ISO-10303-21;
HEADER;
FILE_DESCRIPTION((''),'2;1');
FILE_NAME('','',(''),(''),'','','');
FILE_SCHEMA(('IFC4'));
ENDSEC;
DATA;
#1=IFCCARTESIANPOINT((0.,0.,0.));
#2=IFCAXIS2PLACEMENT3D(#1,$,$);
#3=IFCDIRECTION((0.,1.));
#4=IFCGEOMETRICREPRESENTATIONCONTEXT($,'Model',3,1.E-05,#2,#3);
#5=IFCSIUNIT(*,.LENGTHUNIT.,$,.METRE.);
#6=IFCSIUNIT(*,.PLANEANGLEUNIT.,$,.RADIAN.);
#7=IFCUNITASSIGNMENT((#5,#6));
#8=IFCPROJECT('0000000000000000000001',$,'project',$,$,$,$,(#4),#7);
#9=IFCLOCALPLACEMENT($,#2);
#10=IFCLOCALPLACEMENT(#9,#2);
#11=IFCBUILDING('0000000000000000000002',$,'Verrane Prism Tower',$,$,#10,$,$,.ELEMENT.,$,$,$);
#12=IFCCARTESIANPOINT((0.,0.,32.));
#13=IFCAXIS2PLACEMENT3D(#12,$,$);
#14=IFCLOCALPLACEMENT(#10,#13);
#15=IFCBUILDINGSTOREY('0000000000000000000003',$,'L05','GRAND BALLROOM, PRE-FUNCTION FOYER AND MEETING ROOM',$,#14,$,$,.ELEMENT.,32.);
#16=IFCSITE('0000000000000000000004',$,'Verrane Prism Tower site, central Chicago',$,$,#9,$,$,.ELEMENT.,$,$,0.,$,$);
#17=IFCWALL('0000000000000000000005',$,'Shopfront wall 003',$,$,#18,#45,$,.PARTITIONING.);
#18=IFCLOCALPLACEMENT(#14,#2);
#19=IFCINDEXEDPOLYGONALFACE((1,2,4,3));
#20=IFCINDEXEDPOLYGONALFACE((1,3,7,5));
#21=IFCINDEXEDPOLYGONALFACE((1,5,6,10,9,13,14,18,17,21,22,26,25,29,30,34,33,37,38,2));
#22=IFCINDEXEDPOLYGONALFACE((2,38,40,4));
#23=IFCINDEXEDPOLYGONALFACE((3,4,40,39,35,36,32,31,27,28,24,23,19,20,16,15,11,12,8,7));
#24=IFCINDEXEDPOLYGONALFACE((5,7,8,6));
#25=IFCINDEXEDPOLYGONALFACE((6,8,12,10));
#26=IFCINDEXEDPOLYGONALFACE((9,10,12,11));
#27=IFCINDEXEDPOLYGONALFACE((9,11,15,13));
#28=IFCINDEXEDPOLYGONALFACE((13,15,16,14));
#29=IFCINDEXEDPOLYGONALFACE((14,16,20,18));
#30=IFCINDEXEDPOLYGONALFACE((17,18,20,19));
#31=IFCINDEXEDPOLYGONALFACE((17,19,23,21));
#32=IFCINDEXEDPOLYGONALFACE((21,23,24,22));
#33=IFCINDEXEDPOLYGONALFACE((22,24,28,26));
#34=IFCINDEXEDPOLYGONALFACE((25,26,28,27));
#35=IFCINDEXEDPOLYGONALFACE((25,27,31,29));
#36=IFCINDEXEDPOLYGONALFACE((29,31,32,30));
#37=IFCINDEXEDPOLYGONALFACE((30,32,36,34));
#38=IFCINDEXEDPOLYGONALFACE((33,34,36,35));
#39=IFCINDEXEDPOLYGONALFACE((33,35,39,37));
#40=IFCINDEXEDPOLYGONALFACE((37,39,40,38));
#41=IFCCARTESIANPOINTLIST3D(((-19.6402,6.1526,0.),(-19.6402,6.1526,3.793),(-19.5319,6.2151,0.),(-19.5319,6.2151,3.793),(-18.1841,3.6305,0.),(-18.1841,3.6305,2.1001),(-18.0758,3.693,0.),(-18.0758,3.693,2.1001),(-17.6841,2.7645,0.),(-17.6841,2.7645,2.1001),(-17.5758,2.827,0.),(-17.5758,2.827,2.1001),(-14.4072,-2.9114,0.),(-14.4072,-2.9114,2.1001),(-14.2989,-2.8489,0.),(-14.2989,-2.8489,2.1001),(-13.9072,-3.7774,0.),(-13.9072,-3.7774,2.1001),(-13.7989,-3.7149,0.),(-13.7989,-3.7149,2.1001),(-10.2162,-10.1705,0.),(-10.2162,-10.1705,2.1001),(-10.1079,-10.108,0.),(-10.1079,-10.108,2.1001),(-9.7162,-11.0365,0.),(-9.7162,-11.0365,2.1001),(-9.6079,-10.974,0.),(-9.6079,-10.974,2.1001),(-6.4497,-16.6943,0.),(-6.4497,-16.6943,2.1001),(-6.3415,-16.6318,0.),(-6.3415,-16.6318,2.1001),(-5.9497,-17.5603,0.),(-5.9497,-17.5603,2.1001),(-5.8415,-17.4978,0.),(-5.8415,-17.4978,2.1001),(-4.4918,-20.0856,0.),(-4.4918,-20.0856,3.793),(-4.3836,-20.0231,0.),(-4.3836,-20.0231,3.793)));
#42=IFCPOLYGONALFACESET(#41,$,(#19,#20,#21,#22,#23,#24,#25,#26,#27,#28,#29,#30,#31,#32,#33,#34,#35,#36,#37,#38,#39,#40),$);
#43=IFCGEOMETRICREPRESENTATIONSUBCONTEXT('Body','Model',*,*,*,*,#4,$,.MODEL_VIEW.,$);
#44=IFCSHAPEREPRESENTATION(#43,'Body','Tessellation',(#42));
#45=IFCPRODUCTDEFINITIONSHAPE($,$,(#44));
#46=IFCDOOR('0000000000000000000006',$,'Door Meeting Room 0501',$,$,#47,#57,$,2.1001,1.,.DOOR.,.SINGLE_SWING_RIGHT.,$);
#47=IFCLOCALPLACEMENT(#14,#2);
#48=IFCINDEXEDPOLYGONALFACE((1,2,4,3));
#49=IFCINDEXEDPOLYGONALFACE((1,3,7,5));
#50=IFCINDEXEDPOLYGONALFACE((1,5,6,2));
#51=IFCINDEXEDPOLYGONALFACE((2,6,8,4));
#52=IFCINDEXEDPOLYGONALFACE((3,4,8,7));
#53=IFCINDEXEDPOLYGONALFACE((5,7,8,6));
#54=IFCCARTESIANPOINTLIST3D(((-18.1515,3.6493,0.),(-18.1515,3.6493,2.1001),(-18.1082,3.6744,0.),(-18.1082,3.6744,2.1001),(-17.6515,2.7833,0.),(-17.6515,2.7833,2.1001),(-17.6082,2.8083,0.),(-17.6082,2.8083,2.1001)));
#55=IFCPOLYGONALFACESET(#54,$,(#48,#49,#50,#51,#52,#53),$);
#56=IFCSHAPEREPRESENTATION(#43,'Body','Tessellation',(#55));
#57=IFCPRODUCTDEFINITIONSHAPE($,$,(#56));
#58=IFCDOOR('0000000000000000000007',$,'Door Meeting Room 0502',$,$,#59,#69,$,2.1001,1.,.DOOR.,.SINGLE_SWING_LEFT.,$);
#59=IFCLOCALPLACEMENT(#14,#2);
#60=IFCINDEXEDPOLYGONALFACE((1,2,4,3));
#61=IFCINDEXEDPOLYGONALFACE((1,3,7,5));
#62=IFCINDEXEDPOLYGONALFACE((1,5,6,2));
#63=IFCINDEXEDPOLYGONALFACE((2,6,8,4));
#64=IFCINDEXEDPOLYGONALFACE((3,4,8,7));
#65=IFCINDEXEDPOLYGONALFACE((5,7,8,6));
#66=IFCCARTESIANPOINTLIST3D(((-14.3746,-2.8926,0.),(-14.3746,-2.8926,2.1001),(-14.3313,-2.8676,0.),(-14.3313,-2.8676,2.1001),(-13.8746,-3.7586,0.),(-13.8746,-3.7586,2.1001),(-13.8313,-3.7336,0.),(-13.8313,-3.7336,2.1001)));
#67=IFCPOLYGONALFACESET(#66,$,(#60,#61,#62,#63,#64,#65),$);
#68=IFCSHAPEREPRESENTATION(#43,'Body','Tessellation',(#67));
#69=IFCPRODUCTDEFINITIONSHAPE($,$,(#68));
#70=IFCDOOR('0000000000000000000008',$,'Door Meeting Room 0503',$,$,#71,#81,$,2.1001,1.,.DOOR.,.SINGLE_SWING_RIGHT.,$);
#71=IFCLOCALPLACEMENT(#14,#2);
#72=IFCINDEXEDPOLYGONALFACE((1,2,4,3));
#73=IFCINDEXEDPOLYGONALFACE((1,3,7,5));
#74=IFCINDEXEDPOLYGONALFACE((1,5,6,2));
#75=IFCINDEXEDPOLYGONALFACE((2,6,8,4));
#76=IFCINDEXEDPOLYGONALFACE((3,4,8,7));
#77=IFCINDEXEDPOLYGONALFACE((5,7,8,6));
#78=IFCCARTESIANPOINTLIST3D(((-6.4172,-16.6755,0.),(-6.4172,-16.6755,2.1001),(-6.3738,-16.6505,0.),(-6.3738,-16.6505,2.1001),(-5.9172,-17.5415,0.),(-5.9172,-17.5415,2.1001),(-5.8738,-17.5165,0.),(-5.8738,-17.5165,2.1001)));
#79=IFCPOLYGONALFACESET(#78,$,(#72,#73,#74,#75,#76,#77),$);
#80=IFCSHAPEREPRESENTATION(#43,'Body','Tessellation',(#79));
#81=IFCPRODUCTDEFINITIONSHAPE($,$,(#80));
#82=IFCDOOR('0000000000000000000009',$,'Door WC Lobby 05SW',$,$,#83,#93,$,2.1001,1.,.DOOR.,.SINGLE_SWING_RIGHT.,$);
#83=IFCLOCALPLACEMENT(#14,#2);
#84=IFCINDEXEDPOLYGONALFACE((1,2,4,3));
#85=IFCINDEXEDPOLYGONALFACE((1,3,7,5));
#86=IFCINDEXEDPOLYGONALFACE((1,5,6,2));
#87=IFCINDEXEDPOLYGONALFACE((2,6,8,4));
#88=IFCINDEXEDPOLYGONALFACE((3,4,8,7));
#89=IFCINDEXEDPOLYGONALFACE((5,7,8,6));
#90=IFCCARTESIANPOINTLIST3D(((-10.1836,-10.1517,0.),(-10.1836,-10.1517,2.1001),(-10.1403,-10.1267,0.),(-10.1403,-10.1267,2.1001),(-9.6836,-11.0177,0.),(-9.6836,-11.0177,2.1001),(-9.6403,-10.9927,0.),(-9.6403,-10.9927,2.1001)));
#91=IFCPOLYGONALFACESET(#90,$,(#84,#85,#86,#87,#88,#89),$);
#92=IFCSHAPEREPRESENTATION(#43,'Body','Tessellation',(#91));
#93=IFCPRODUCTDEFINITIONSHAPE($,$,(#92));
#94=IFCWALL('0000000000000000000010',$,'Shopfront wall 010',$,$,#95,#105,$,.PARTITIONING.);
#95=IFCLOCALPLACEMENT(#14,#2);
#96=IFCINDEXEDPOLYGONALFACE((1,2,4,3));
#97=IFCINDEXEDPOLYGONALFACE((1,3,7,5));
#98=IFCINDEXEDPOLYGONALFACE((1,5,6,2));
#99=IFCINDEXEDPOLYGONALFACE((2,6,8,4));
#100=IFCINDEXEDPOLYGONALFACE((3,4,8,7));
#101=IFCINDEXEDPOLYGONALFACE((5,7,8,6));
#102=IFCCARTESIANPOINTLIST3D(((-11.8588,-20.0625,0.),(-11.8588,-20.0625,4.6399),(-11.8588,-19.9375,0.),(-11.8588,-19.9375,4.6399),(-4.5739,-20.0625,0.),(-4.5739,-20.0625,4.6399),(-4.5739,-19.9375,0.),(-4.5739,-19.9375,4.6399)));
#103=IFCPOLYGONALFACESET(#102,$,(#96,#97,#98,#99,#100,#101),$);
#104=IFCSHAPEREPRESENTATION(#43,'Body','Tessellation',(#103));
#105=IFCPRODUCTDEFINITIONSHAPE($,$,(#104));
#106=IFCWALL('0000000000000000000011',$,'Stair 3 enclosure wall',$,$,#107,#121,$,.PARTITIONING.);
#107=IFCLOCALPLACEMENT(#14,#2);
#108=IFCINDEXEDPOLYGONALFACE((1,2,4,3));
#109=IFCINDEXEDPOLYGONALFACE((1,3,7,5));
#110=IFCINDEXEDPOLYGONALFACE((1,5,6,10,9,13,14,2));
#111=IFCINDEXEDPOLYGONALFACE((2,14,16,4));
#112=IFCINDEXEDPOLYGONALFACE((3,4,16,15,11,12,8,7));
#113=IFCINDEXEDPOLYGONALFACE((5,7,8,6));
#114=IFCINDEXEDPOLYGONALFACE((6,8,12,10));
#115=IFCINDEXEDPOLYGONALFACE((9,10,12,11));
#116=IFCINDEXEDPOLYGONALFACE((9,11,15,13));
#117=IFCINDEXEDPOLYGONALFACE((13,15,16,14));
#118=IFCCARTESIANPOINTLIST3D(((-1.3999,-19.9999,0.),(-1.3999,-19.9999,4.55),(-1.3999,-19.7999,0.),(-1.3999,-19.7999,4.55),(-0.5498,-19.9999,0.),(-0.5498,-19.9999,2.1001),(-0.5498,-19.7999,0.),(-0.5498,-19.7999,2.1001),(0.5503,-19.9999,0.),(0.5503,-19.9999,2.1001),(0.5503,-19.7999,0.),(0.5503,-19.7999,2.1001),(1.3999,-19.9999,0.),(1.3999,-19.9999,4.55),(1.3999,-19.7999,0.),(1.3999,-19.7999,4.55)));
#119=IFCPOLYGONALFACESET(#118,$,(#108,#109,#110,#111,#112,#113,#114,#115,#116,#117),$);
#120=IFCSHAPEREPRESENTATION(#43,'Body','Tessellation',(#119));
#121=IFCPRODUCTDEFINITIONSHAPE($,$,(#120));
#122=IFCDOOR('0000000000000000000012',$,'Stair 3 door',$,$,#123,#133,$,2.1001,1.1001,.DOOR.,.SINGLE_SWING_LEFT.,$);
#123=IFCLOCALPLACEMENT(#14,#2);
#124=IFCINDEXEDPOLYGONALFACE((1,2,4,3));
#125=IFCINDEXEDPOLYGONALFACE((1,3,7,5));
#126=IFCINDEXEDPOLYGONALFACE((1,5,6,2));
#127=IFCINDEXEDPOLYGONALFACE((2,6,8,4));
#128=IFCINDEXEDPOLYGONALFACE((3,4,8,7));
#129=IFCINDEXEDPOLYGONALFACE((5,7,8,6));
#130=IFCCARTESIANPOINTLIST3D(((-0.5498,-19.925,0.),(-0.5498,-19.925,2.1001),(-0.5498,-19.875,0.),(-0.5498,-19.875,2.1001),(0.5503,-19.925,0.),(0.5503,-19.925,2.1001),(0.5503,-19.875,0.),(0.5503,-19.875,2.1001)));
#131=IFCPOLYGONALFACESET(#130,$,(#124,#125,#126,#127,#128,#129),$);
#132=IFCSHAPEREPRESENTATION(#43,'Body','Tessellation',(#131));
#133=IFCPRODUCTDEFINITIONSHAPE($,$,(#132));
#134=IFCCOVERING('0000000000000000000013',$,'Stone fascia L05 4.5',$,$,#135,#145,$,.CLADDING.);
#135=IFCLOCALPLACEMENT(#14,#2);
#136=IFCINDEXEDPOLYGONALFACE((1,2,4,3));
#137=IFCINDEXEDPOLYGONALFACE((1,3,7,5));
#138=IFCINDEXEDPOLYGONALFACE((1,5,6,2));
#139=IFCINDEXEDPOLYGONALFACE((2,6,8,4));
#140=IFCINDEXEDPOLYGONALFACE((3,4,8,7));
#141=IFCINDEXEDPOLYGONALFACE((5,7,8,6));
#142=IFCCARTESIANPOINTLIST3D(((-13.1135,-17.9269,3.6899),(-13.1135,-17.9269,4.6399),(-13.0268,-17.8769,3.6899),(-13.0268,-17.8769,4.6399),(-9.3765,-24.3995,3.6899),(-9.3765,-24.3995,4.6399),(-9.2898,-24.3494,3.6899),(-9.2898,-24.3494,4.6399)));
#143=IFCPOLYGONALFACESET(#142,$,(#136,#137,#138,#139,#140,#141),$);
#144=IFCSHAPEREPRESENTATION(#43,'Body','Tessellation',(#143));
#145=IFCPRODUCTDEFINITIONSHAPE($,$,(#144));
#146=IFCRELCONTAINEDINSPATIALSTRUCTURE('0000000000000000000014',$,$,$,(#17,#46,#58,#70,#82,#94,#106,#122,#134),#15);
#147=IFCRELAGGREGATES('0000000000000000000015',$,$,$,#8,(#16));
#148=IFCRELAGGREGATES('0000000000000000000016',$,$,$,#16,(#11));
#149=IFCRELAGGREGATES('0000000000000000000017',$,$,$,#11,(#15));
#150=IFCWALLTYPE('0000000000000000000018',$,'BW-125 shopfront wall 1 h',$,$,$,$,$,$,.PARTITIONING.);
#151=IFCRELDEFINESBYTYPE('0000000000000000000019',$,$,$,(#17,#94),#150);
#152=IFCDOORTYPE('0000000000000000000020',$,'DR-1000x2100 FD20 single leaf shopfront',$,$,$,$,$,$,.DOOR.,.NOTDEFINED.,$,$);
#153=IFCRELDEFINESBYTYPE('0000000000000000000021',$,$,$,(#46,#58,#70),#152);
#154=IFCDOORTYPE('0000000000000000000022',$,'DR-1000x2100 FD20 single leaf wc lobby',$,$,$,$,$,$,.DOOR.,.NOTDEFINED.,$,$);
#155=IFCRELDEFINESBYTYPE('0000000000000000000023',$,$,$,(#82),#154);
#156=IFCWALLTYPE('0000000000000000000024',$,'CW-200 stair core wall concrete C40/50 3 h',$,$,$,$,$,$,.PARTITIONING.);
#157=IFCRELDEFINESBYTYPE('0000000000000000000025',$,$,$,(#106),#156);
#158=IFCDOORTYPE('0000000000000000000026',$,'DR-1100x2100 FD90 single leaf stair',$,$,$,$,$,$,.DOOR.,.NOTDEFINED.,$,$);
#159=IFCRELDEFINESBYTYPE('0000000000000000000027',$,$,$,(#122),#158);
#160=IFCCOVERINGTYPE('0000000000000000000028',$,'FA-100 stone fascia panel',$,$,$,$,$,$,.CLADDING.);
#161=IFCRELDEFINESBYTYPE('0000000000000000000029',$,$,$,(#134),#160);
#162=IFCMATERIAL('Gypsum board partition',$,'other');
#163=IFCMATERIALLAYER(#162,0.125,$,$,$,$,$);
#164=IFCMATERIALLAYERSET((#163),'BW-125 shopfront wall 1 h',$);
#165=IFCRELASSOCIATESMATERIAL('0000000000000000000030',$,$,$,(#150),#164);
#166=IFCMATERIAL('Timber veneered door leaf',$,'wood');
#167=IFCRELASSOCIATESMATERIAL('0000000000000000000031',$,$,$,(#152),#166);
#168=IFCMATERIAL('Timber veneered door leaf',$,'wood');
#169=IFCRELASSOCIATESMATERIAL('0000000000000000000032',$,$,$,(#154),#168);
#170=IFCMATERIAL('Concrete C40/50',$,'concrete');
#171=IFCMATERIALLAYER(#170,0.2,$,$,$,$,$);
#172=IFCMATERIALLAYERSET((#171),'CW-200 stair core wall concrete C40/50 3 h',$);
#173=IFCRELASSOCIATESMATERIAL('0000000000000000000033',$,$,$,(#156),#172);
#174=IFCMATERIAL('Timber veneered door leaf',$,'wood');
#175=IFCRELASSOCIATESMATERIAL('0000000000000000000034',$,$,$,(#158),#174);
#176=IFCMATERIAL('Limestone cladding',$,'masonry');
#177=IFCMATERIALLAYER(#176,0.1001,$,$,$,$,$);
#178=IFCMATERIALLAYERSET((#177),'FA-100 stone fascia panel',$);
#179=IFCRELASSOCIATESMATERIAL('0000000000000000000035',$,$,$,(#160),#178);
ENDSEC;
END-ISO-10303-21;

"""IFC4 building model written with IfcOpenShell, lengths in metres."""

from ifc_helpers import new_model, si_unit, direction, frame, frame_2d, origin, origin_2d, place, context, subcontext, project, spatial, rectangle, extrude, material, layer, layer_set, type_object, element, fill, save


model = new_model("IFC4")

# Units and contexts
model_context = context("Model", 3, precision=1e-05, world=origin(), true_north=direction((0.0, 1.0)))
body_context = subcontext(model_context, "Body", "Model", "MODEL_VIEW")
ifc_project = project(units=[si_unit("LENGTHUNIT", "METRE"), si_unit("PLANEANGLEUNIT", "RADIAN")], contexts=[model_context])

# Site, building, storey
site_placement = place(None, origin())
site = spatial("IfcSite", under=ifc_project, at=site_placement, Name="Verrane Prism Tower site, central Chicago", CompositionType="ELEMENT", RefElevation=0.0)
building_placement = place(site_placement, origin())
building = spatial("IfcBuilding", under=site, at=building_placement, Name="Verrane Prism Tower", CompositionType="ELEMENT")
storey_placement = place(building_placement, frame((0.0, 0.0, 32.0)))
storey = spatial("IfcBuildingStorey", under=building, at=storey_placement, Name="L05", Description="GRAND BALLROOM, PRE-FUNCTION FOYER AND MEETING ROOM", CompositionType="ELEMENT", Elevation=32.0)

# Wall, openings, doors
ifc_material_1 = material(Name="Gypsum board partition", Category="other")
ifc_layer_1 = layer(ifc_material_1, 0.125)
ifc_layer_set_1 = layer_set([ifc_layer_1], Name="BW-125 shopfront wall 1 h")
wall_type_1 = type_object("IfcWallType", Name="BW-125 shopfront wall 1 h", PredefinedType="PARTITIONING", material=ifc_layer_set_1)
wall_1_placement = place(storey_placement, frame((-4.4377, -20.0542, 0.0), z_axis=(0.0, 0.0, 1.0), x_axis=(-0.499994, 0.866029, 0.0)))
wall_1 = element("IfcWall", 1, at=wall_1_placement, inside=storey, type_object=wall_type_1, Name="Shopfront wall 003", PredefinedType="PARTITIONING", context=body_context, shape_type="SweptSolid", body=[
    extrude(rectangle(XDim=30.2971, YDim=0.125, at=frame_2d((15.1484, 0.0))), origin(), (0.0, 0.0, 1.0), 3.793),
])
opening_1_placement = place(wall_1_placement, frame((26.3848, 0.0, 0.0)))
opening_1 = element("IfcOpeningElement", 2, at=opening_1_placement, cuts=wall_1, PredefinedType="OPENING", context=body_context, shape_type="SweptSolid", body=[
    extrude(rectangle(XDim=1.0, YDim=2.1001, at=frame_2d((0.5, 1.05))), frame((0.0, 0.0725, 0.0), z_axis=(0.0, -1.0, 0.0), x_axis=(1.0, 0.0, 0.0)), (0.0, 0.0, 1.0), 0.145),
])
opening_2_placement = place(wall_1_placement, frame((18.8308, 0.0, 0.0)))
opening_2 = element("IfcOpeningElement", 3, at=opening_2_placement, cuts=wall_1, PredefinedType="OPENING", context=body_context, shape_type="SweptSolid", body=[
    extrude(rectangle(XDim=1.0, YDim=2.1001, at=frame_2d((0.5, 1.05))), frame((0.0, 0.0725, 0.0), z_axis=(0.0, -1.0, 0.0), x_axis=(1.0, 0.0, 0.0)), (0.0, 0.0, 1.0), 0.145),
])
opening_3_placement = place(wall_1_placement, frame((10.4487, 0.0, 0.0)))
opening_3 = element("IfcOpeningElement", 4, at=opening_3_placement, cuts=wall_1, PredefinedType="OPENING", context=body_context, shape_type="SweptSolid", body=[
    extrude(rectangle(XDim=1.0, YDim=2.1001, at=frame_2d((0.5, 1.05))), frame((0.0, 0.0725, 0.0), z_axis=(0.0, -1.0, 0.0), x_axis=(1.0, 0.0, 0.0)), (0.0, 0.0, 1.0), 0.145),
])
opening_4_placement = place(wall_1_placement, frame((2.9158, 0.0, 0.0)))
opening_4 = element("IfcOpeningElement", 5, at=opening_4_placement, cuts=wall_1, PredefinedType="OPENING", context=body_context, shape_type="SweptSolid", body=[
    extrude(rectangle(XDim=1.0, YDim=2.1001, at=frame_2d((0.5, 1.05))), frame((0.0, 0.0725, 0.0), z_axis=(0.0, -1.0, 0.0), x_axis=(1.0, 0.0, 0.0)), (0.0, 0.0, 1.0), 0.145),
])
ifc_material_2 = material(Name="Timber veneered door leaf", Category="wood")
door_type_1 = type_object("IfcDoorType", Name="DR-1000x2100 FD20 single leaf shopfront", OperationType="NOTDEFINED", PredefinedType="DOOR", material=ifc_material_2)
door_1_placement = place(opening_1_placement, origin())
door_1 = element("IfcDoor", 6, at=door_1_placement, inside=storey, type_object=door_type_1, Name="Door Meeting Room 0501", OperationType="SINGLE_SWING_RIGHT", OverallHeight=2.1001, OverallWidth=1.0, PredefinedType="DOOR", context=body_context, shape_type="SweptSolid", body=[
    extrude(rectangle(XDim=1.0, YDim=2.1001, at=frame_2d((0.5, 1.05))), frame((0.0, 0.0249, 0.0), z_axis=(0.0, -1.0, 0.0), x_axis=(1.0, 0.0, 0.0)), (0.0, 0.0, 1.0), 0.05),
])
fill(opening_1, door_1)
door_2_placement = place(opening_2_placement, origin())
door_2 = element("IfcDoor", 7, at=door_2_placement, inside=storey, type_object=door_type_1, Name="Door Meeting Room 0502", OperationType="SINGLE_SWING_LEFT", OverallHeight=2.1001, OverallWidth=1.0, PredefinedType="DOOR", context=body_context, shape_type="SweptSolid", body=[
    extrude(rectangle(XDim=1.0, YDim=2.1001, at=frame_2d((0.5, 1.05))), frame((0.0, 0.0249, 0.0), z_axis=(0.0, -1.0, 0.0), x_axis=(1.0, 0.0, 0.0)), (0.0, 0.0, 1.0), 0.05),
])
fill(opening_2, door_2)
door_3_placement = place(opening_4_placement, origin())
door_3 = element("IfcDoor", 8, at=door_3_placement, inside=storey, type_object=door_type_1, Name="Door Meeting Room 0503", OperationType="SINGLE_SWING_RIGHT", OverallHeight=2.1001, OverallWidth=1.0, PredefinedType="DOOR", context=body_context, shape_type="SweptSolid", body=[
    extrude(rectangle(XDim=1.0, YDim=2.1001, at=frame_2d((0.5, 1.05))), frame((0.0, 0.0249, 0.0), z_axis=(0.0, -1.0, 0.0), x_axis=(1.0, 0.0, 0.0)), (0.0, 0.0, 1.0), 0.05),
])
fill(opening_4, door_3)
ifc_material_3 = material(Name="Timber veneered door leaf", Category="wood")
door_type_2 = type_object("IfcDoorType", Name="DR-1000x2100 FD20 single leaf wc lobby", OperationType="NOTDEFINED", PredefinedType="DOOR", material=ifc_material_3)
door_4_placement = place(opening_3_placement, origin())
door_4 = element("IfcDoor", 9, at=door_4_placement, inside=storey, type_object=door_type_2, Name="Door WC Lobby 05SW", OperationType="SINGLE_SWING_RIGHT", OverallHeight=2.1001, OverallWidth=1.0, PredefinedType="DOOR", context=body_context, shape_type="SweptSolid", body=[
    extrude(rectangle(XDim=1.0, YDim=2.1001, at=frame_2d((0.5, 1.05))), frame((0.0, 0.0249, 0.0), z_axis=(0.0, -1.0, 0.0), x_axis=(1.0, 0.0, 0.0)), (0.0, 0.0, 1.0), 0.05),
])
fill(opening_3, door_4)

# Wall
wall_2_placement = place(storey_placement, frame((-11.8589, -20.0, 0.0), z_axis=(0.0, 0.0, 1.0), x_axis=(1.0, 0.0, 0.0)))
element("IfcWall", 10, at=wall_2_placement, inside=storey, type_object=wall_type_1, Name="Shopfront wall 010", PredefinedType="PARTITIONING", context=body_context, shape_type="SweptSolid", body=[
    extrude(rectangle(XDim=7.2849, YDim=0.125, at=frame_2d((3.6426, 0.0))), origin(), (0.0, 0.0, 1.0), 4.6399),
])

# Wall, opening, door
ifc_material_4 = material(Name="Concrete C40/50", Category="concrete")
ifc_layer_2 = layer(ifc_material_4, 0.2)
ifc_layer_set_2 = layer_set([ifc_layer_2], Name="CW-200 stair core wall concrete C40/50 3 h")
wall_type_2 = type_object("IfcWallType", Name="CW-200 stair core wall concrete C40/50 3 h", PredefinedType="PARTITIONING", material=ifc_layer_set_2)
wall_3_placement = place(storey_placement, frame((-1.3999, -19.8999, 0.0), z_axis=(0.0, 0.0, 1.0), x_axis=(1.0, 0.0, 0.0)))
wall_3 = element("IfcWall", 11, at=wall_3_placement, inside=storey, type_object=wall_type_2, Name="Stair 3 enclosure wall", PredefinedType="PARTITIONING", context=body_context, shape_type="SweptSolid", body=[
    extrude(rectangle(XDim=2.7998, YDim=0.2, at=frame_2d((1.3999, 0.0))), origin(), (0.0, 0.0, 1.0), 4.55),
])
opening_5_placement = place(wall_3_placement, frame((0.8501, 0.0, 0.0)))
opening_5 = element("IfcOpeningElement", 12, at=opening_5_placement, cuts=wall_3, PredefinedType="OPENING", context=body_context, shape_type="SweptSolid", body=[
    extrude(rectangle(XDim=1.1001, YDim=2.1001, at=frame_2d((0.55, 1.05))), frame((0.0, 0.1099, 0.0), z_axis=(0.0, -1.0, 0.0), x_axis=(1.0, 0.0, 0.0)), (0.0, 0.0, 1.0), 0.22),
])
ifc_material_5 = material(Name="Timber veneered door leaf", Category="wood")
door_type_3 = type_object("IfcDoorType", Name="DR-1100x2100 FD90 single leaf stair", OperationType="NOTDEFINED", PredefinedType="DOOR", material=ifc_material_5)
door_5_placement = place(opening_5_placement, origin())
door_5 = element("IfcDoor", 13, at=door_5_placement, inside=storey, type_object=door_type_3, Name="Stair 3 door", OperationType="SINGLE_SWING_LEFT", OverallHeight=2.1001, OverallWidth=1.1001, PredefinedType="DOOR", context=body_context, shape_type="SweptSolid", body=[
    extrude(rectangle(XDim=1.1001, YDim=2.1001, at=frame_2d((0.55, 1.05))), frame((0.0, 0.0249, 0.0), z_axis=(0.0, -1.0, 0.0), x_axis=(1.0, 0.0, 0.0)), (0.0, 0.0, 1.0), 0.05),
])
fill(opening_5, door_5)

# Covering
ifc_material_6 = material(Name="Limestone cladding", Category="masonry")
ifc_layer_3 = layer(ifc_material_6, 0.1001)
ifc_layer_set_3 = layer_set([ifc_layer_3], Name="FA-100 stone fascia panel")
covering_type = type_object("IfcCoveringType", Name="FA-100 stone fascia panel", PredefinedType="CLADDING", material=ifc_layer_set_3)
covering_placement = place(storey_placement, frame((-11.2017, -21.1382, 3.6899), z_axis=(0.0, 0.0, 1.0), x_axis=(0.5, -0.866025, 0.0)))
element("IfcCovering", 14, at=covering_placement, inside=storey, type_object=covering_type, Name="Stone fascia L05 4.5", PredefinedType="CLADDING", context=body_context, shape_type="SweptSolid", body=[
    extrude(rectangle(XDim=7.4739, YDim=0.1001, at=origin_2d()), origin(), (0.0, 0.0, 1.0), 0.95),
])

save(model, "model.ifc")
